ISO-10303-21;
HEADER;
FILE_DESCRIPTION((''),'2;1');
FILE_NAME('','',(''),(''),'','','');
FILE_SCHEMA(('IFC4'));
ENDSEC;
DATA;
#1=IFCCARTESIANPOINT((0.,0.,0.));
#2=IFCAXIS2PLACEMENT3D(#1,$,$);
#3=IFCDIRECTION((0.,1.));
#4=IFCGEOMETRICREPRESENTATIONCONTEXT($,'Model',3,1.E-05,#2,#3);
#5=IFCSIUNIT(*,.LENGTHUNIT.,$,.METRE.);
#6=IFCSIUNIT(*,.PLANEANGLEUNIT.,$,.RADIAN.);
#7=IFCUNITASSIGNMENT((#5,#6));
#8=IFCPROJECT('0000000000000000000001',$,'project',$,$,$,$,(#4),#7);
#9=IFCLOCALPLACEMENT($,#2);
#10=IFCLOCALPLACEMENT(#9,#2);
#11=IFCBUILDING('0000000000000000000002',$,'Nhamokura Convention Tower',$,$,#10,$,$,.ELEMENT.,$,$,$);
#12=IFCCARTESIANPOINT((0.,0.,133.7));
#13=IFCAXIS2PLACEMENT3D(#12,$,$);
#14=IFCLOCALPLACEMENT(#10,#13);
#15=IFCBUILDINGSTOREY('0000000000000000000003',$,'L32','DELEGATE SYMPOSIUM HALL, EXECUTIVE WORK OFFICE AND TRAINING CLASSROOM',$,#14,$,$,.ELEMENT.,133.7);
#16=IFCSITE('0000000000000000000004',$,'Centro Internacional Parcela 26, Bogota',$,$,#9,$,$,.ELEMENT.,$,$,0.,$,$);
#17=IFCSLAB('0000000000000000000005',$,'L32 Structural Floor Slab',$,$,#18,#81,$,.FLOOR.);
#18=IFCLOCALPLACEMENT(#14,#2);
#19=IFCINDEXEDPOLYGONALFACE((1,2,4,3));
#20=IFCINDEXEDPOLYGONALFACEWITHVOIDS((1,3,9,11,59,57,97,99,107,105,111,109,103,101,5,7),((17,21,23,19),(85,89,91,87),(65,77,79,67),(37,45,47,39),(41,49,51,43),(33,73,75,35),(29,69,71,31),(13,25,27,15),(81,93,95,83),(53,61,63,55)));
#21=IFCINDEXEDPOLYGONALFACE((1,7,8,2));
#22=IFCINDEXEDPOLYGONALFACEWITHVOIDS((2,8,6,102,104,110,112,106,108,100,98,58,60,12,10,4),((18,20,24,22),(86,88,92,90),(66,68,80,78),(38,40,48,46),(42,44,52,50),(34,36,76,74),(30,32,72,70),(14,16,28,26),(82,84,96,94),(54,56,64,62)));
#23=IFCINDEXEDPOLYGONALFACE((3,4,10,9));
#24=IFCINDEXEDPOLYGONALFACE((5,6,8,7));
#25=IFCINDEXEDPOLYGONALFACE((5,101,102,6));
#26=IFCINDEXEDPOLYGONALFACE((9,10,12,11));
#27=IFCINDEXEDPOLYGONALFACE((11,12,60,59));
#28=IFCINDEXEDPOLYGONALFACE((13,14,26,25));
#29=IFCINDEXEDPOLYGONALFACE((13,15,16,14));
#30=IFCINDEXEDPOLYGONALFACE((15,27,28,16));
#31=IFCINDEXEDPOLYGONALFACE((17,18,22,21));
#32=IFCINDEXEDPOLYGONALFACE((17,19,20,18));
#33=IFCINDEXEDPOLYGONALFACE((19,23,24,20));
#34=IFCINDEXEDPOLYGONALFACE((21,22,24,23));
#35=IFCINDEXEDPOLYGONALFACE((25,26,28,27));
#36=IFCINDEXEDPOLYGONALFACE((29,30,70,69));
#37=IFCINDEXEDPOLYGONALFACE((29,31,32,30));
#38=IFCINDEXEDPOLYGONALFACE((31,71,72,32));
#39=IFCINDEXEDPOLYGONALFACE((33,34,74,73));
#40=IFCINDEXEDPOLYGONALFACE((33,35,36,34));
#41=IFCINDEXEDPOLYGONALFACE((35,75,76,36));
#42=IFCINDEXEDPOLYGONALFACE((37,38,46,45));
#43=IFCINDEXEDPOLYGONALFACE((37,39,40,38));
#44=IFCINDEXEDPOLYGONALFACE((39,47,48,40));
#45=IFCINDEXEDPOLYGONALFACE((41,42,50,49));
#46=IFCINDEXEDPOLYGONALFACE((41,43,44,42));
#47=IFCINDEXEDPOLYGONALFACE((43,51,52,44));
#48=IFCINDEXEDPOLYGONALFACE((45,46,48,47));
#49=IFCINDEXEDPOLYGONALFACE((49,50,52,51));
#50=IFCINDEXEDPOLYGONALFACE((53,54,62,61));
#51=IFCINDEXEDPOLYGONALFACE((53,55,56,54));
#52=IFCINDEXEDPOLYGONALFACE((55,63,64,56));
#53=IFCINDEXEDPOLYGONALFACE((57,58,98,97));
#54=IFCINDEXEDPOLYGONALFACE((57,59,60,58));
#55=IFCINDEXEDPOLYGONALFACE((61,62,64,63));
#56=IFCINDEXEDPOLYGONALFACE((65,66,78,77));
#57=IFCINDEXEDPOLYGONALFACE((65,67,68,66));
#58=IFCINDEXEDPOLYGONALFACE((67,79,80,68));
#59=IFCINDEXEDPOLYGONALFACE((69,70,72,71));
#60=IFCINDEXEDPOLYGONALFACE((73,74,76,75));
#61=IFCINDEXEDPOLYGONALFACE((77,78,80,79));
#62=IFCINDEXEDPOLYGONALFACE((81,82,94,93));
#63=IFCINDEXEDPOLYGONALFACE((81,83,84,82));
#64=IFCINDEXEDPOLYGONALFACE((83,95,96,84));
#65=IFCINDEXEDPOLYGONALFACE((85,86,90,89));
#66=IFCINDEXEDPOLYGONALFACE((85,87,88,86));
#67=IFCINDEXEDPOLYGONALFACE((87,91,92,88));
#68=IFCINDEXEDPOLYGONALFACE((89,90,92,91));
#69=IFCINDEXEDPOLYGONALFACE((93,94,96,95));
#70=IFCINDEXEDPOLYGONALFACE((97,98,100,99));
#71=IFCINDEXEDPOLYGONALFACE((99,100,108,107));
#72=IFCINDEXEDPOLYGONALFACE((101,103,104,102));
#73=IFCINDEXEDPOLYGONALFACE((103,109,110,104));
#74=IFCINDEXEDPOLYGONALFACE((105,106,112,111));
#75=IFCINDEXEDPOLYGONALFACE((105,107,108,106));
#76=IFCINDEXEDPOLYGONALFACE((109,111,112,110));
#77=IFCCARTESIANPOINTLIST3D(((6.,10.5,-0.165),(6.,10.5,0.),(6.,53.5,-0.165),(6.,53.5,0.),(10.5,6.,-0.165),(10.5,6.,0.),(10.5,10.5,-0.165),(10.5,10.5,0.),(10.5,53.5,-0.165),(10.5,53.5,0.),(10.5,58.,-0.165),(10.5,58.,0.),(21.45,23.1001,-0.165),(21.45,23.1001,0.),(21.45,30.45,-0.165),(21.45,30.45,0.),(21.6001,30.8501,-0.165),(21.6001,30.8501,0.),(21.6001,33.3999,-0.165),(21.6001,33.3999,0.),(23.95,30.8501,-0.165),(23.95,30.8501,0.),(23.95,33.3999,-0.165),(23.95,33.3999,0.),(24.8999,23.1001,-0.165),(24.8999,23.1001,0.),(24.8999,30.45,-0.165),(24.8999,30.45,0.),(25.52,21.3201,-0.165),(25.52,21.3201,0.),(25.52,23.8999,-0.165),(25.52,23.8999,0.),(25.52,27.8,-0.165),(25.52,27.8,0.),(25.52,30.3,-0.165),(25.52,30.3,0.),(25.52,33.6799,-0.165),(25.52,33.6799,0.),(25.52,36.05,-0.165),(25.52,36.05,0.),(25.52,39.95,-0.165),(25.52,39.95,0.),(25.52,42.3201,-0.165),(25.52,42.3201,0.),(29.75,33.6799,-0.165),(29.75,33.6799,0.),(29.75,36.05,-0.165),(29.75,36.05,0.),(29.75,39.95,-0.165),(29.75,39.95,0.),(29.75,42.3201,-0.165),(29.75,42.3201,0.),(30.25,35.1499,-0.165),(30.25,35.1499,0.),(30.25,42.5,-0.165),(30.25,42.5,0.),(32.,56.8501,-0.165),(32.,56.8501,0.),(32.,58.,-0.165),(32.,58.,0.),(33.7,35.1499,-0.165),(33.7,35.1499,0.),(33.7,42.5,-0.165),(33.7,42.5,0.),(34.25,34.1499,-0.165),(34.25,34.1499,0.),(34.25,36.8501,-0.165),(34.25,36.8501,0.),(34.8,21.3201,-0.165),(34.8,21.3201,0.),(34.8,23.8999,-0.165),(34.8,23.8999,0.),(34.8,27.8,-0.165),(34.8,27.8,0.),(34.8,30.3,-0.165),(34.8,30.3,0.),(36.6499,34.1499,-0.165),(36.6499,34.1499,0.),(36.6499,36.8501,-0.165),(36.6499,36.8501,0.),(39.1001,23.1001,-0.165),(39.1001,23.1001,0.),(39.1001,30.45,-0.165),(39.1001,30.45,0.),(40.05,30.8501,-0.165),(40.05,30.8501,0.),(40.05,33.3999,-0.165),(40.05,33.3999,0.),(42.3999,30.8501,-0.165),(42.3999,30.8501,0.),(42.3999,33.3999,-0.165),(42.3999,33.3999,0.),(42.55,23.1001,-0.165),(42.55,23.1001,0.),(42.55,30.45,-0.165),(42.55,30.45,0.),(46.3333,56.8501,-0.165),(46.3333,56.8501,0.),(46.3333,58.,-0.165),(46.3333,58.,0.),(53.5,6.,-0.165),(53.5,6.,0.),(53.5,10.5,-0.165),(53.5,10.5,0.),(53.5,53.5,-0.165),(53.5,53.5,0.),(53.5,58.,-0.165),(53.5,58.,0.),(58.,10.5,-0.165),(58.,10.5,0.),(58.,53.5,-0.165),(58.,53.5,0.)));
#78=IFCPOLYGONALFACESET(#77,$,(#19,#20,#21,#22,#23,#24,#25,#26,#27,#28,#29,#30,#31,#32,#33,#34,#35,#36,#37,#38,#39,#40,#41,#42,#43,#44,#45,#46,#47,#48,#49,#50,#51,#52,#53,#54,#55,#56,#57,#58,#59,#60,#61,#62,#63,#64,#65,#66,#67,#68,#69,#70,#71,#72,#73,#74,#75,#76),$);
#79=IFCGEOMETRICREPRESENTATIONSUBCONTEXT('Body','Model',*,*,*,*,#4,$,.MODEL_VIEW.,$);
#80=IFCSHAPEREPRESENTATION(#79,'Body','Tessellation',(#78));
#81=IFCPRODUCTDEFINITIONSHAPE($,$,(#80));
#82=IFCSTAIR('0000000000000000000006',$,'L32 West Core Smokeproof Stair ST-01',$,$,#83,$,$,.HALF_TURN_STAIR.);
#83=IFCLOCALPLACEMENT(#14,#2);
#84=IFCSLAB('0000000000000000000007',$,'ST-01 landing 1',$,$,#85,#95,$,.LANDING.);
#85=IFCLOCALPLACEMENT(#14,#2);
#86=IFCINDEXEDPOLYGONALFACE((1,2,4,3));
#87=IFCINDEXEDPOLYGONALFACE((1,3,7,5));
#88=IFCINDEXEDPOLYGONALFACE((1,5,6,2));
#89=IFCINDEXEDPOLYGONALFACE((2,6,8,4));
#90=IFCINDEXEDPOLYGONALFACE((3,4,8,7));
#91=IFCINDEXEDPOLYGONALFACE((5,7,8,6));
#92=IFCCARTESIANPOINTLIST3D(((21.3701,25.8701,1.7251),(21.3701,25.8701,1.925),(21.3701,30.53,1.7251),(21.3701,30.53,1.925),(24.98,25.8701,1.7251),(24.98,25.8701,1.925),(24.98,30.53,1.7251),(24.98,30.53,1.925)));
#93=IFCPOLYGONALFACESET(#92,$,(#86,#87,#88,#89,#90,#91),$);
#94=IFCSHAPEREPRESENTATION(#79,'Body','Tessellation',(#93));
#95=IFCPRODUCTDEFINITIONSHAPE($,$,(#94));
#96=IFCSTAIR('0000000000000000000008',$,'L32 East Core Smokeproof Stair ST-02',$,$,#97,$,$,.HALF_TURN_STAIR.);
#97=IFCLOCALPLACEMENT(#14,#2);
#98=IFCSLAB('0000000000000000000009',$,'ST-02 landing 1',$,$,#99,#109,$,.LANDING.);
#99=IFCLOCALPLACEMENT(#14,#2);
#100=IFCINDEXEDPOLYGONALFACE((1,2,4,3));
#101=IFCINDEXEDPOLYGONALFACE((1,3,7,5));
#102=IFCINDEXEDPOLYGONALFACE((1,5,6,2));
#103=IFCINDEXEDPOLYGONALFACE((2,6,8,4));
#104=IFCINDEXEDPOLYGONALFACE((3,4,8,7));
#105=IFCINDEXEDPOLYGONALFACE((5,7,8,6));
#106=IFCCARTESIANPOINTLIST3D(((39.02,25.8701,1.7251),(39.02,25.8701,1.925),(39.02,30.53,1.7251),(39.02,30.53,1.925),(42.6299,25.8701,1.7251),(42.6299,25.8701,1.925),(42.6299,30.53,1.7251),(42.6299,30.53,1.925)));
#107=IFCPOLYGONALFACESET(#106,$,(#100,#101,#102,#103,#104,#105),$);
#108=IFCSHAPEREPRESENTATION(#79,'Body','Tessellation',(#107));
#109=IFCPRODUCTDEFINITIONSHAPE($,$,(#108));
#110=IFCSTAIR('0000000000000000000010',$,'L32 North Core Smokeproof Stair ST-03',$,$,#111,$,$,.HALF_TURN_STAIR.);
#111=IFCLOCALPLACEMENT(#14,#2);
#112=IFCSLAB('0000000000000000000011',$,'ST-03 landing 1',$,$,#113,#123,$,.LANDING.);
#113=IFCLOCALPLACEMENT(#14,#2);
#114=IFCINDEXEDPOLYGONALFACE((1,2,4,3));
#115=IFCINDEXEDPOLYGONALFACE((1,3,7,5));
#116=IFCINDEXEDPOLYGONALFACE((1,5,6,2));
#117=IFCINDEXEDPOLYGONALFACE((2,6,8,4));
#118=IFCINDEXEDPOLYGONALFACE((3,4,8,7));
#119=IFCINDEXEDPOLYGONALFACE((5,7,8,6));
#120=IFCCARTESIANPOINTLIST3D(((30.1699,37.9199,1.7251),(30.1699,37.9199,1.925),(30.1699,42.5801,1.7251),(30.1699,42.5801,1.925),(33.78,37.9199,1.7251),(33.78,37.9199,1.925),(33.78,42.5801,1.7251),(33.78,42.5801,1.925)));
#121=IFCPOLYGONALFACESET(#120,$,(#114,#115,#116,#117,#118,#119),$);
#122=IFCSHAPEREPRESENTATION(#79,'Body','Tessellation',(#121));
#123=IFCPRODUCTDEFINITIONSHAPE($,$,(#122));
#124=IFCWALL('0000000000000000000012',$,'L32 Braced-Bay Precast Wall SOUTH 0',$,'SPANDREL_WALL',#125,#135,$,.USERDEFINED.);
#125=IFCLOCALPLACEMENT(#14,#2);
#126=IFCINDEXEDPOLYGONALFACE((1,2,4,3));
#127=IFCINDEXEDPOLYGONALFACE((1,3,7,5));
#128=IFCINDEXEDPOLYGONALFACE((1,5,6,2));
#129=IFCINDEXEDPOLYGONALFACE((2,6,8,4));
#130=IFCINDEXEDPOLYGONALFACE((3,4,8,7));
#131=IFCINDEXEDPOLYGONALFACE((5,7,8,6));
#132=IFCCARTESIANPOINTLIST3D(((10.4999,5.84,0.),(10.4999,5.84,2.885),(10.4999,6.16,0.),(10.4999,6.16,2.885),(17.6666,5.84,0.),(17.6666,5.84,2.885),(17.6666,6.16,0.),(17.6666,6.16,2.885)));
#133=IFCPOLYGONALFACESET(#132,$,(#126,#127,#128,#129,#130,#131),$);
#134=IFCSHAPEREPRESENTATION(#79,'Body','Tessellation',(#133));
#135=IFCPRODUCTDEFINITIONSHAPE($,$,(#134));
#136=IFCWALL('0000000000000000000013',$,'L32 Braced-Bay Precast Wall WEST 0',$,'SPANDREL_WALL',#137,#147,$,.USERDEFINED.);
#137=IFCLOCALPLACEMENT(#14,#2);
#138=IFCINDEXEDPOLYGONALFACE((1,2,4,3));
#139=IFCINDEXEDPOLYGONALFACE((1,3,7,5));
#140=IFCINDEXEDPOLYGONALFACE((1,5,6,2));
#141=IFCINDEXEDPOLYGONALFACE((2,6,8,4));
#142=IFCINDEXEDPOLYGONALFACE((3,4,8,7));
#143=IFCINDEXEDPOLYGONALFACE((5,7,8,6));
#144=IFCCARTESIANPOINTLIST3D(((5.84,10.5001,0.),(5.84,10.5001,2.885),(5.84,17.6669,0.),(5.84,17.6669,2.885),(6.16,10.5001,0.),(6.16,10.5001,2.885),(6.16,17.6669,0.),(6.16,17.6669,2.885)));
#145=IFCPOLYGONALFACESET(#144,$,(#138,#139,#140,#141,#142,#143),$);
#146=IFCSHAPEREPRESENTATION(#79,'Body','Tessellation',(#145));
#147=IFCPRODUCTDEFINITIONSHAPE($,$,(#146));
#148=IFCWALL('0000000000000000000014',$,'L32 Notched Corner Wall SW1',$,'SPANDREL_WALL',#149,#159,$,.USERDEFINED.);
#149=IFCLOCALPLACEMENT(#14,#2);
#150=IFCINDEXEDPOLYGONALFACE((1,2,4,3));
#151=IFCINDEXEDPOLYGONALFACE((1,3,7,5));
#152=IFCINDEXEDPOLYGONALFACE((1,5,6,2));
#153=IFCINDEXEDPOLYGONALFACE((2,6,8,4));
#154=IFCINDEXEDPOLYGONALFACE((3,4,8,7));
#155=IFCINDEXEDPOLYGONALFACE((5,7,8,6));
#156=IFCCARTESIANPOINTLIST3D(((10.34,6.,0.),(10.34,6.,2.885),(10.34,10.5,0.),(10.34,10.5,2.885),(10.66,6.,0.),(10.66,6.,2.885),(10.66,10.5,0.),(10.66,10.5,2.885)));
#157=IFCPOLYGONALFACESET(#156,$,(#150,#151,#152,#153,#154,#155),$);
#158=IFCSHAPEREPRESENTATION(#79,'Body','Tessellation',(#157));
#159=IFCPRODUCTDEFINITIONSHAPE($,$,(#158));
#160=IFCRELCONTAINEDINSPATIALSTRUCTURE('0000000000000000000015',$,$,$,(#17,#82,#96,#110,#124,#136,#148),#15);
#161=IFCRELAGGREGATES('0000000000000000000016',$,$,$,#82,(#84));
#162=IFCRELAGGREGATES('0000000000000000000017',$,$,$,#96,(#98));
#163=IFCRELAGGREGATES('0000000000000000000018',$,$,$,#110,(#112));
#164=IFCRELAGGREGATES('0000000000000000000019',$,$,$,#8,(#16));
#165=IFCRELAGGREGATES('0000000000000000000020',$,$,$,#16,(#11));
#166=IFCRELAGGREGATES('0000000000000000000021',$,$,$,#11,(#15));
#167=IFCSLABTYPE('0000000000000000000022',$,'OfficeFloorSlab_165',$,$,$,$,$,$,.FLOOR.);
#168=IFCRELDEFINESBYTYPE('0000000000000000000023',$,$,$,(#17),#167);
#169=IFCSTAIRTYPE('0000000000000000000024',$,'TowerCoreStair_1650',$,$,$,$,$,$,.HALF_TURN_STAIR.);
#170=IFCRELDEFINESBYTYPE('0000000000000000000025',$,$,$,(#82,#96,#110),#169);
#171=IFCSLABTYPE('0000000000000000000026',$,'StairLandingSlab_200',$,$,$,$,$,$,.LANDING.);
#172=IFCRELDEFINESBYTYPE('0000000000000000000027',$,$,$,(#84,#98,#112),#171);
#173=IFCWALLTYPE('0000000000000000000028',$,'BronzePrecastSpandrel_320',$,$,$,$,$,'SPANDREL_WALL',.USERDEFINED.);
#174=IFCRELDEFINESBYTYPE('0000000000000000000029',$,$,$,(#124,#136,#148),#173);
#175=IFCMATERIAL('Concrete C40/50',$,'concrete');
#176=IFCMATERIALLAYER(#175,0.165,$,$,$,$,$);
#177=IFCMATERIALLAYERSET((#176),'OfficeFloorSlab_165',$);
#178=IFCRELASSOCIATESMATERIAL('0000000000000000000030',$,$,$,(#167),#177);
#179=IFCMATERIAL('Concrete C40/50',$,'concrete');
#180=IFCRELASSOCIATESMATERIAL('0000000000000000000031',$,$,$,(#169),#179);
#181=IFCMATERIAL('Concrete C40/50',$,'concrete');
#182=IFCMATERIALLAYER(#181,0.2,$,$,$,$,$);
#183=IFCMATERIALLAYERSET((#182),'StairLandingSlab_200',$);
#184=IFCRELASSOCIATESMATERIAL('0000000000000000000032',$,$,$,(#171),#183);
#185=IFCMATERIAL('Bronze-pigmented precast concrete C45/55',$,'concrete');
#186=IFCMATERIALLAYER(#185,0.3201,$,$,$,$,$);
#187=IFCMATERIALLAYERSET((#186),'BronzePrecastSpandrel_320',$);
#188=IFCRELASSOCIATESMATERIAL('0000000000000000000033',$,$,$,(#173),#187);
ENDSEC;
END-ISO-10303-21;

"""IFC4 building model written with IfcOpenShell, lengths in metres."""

from ifc_helpers import new_model, si_unit, direction, frame, frame_2d, origin, place, context, subcontext, project, spatial, polyline, rectangle, outline, extrude, material, layer, layer_set, type_object, element, aggregate, save


model = new_model("IFC4")

# Units and contexts
model_context = context("Model", 3, precision=1e-05, world=origin(), true_north=direction((0.0, 1.0)))
body_context = subcontext(model_context, "Body", "Model", "MODEL_VIEW")
ifc_project = project(units=[si_unit("LENGTHUNIT", "METRE"), si_unit("PLANEANGLEUNIT", "RADIAN")], contexts=[model_context])

# Site, building, storey
site_placement = place(None, origin())
site = spatial("IfcSite", under=ifc_project, at=site_placement, Name="Centro Internacional Parcela 26, Bogota", CompositionType="ELEMENT", RefElevation=0.0)
building_placement = place(site_placement, origin())
building = spatial("IfcBuilding", under=site, at=building_placement, Name="Nhamokura Convention Tower", CompositionType="ELEMENT")
storey_placement = place(building_placement, frame((0.0, 0.0, 133.7)))
storey = spatial("IfcBuildingStorey", under=building, at=storey_placement, Name="L32", Description="DELEGATE SYMPOSIUM HALL, EXECUTIVE WORK OFFICE AND TRAINING CLASSROOM", CompositionType="ELEMENT", Elevation=133.7)

# Slab
ifc_material_1 = material(Name="Concrete C40/50", Category="concrete")
ifc_layer_1 = layer(ifc_material_1, 0.165)
ifc_layer_set_1 = layer_set([ifc_layer_1], Name="OfficeFloorSlab_165")
slab_type_1 = type_object("IfcSlabType", Name="OfficeFloorSlab_165", PredefinedType="FLOOR", material=ifc_layer_set_1)
slab_1_placement = place(storey_placement, frame((0.0, 0.0, -0.165)))
element("IfcSlab", 1, at=slab_1_placement, inside=storey, type_object=slab_type_1, Name="L32 Structural Floor Slab", PredefinedType="FLOOR", context=body_context, shape_type="SweptSolid", body=[
    extrude(outline(polyline([(10.5, 6.0), (53.5, 6.0), (53.5, 10.5), (58.0, 10.5), (58.0, 53.5), (53.5, 53.5), (53.5, 58.0), (46.3333, 58.0), (46.3333, 56.8501), (32.0, 56.8501), (32.0, 58.0), (10.5, 58.0), (10.5, 53.5), (6.0, 53.5), (6.0, 10.5), (10.5, 10.5), (10.5, 6.0)]), holes=[polyline([(24.8999, 23.1001), (24.8999, 30.45), (21.45, 30.45), (21.45, 23.1001), (24.8999, 23.1001)]), polyline([(42.55, 23.1001), (42.55, 30.45), (39.1001, 30.45), (39.1001, 23.1001), (42.55, 23.1001)]), polyline([(33.7, 35.1499), (33.7, 42.5), (30.25, 42.5), (30.25, 35.1499), (33.7, 35.1499)]), polyline([(21.6001, 30.8501), (23.95, 30.8501), (23.95, 33.3999), (21.6001, 33.3999), (21.6001, 30.8501)]), polyline([(40.05, 30.8501), (42.3999, 30.8501), (42.3999, 33.3999), (40.05, 33.3999), (40.05, 30.8501)]), polyline([(34.25, 34.1499), (36.6499, 34.1499), (36.6499, 36.8501), (34.25, 36.8501), (34.25, 34.1499)]), polyline([(25.52, 21.3201), (34.8, 21.3201), (34.8, 23.8999), (25.52, 23.8999), (25.52, 21.3201)]), polyline([(25.52, 27.8), (34.8, 27.8), (34.8, 30.3), (25.52, 30.3), (25.52, 27.8)]), polyline([(25.52, 33.6799), (29.75, 33.6799), (29.75, 36.05), (25.52, 36.05), (25.52, 33.6799)]), polyline([(25.52, 39.95), (29.75, 39.95), (29.75, 42.3201), (25.52, 42.3201), (25.52, 39.95)])]), origin(), (0.0, 0.0, 1.0), 0.165),
])

# Stairs, slabs
ifc_material_2 = material(Name="Concrete C40/50", Category="concrete")
stair_type = type_object("IfcStairType", Name="TowerCoreStair_1650", PredefinedType="HALF_TURN_STAIR", material=ifc_material_2)
stair_1_placement = place(storey_placement, origin())
stair_1 = element("IfcStair", 2, at=stair_1_placement, inside=storey, type_object=stair_type, Name="L32 West Core Smokeproof Stair ST-01", PredefinedType="HALF_TURN_STAIR")
ifc_material_3 = material(Name="Concrete C40/50", Category="concrete")
ifc_layer_2 = layer(ifc_material_3, 0.2)
ifc_layer_set_2 = layer_set([ifc_layer_2], Name="StairLandingSlab_200")
slab_type_2 = type_object("IfcSlabType", Name="StairLandingSlab_200", PredefinedType="LANDING", material=ifc_layer_set_2)
slab_2_placement = place(storey_placement, frame((0.0, 0.0, 1.7251)))
slab_2 = element("IfcSlab", 3, at=slab_2_placement, type_object=slab_type_2, Name="ST-01 landing 1", PredefinedType="LANDING", context=body_context, shape_type="SweptSolid", body=[
    extrude(outline(polyline([(24.98, 25.8701), (24.98, 30.53), (21.3701, 30.53), (21.3701, 25.8701), (24.98, 25.8701)])), origin(), (0.0, 0.0, 1.0), 0.2),
])
aggregate(stair_1, [slab_2])
stair_2_placement = place(storey_placement, origin())
stair_2 = element("IfcStair", 4, at=stair_2_placement, inside=storey, type_object=stair_type, Name="L32 East Core Smokeproof Stair ST-02", PredefinedType="HALF_TURN_STAIR")
slab_3_placement = place(storey_placement, frame((0.0, 0.0, 1.7251)))
slab_3 = element("IfcSlab", 5, at=slab_3_placement, type_object=slab_type_2, Name="ST-02 landing 1", PredefinedType="LANDING", context=body_context, shape_type="SweptSolid", body=[
    extrude(outline(polyline([(42.6299, 25.8701), (42.6299, 30.53), (39.02, 30.53), (39.02, 25.8701), (42.6299, 25.8701)])), origin(), (0.0, 0.0, 1.0), 0.2),
])
aggregate(stair_2, [slab_3])
stair_3_placement = place(storey_placement, origin())
stair_3 = element("IfcStair", 6, at=stair_3_placement, inside=storey, type_object=stair_type, Name="L32 North Core Smokeproof Stair ST-03", PredefinedType="HALF_TURN_STAIR")
slab_4_placement = place(storey_placement, frame((0.0, 0.0, 1.7251)))
slab_4 = element("IfcSlab", 7, at=slab_4_placement, type_object=slab_type_2, Name="ST-03 landing 1", PredefinedType="LANDING", context=body_context, shape_type="SweptSolid", body=[
    extrude(outline(polyline([(33.78, 37.9199), (33.78, 42.5801), (30.1699, 42.5801), (30.1699, 37.9199), (33.78, 37.9199)])), origin(), (0.0, 0.0, 1.0), 0.2),
])
aggregate(stair_3, [slab_4])

# Walls
ifc_material_4 = material(Name="Bronze-pigmented precast concrete C45/55", Category="concrete")
ifc_layer_3 = layer(ifc_material_4, 0.3201)
ifc_layer_set_3 = layer_set([ifc_layer_3], Name="BronzePrecastSpandrel_320")
wall_type = type_object("IfcWallType", Name="BronzePrecastSpandrel_320", ElementType="SPANDREL_WALL", PredefinedType="USERDEFINED", material=ifc_layer_set_3)
for number, where, z_axis, x_axis, name in (
    (8, (17.6667, 6.0, 0.0), (0.0, 0.0, 1.0), (-1.0, 0.0, 0.0), "L32 Braced-Bay Precast Wall SOUTH 0"),
    (9, (6.0, 10.5, 0.0), (0.0, 0.0, 1.0), (0.0, 1.0, 0.0), "L32 Braced-Bay Precast Wall WEST 0"),
):
    element("IfcWall", number, at=place(storey_placement, frame(where, z_axis=z_axis, x_axis=x_axis)), inside=storey, type_object=wall_type, Name=name, ObjectType="SPANDREL_WALL", PredefinedType="USERDEFINED", context=body_context, shape_type="SweptSolid", body=[
        extrude(rectangle(XDim=7.1667, YDim=0.3201, at=frame_2d((3.5835, 0.0))), origin(), (0.0, 0.0, 1.0), 2.885),
    ])
wall_placement = place(storey_placement, frame((10.5, 6.0, 0.0), z_axis=(0.0, 0.0, 1.0), x_axis=(0.0, 1.0, 0.0)))
element("IfcWall", 10, at=wall_placement, inside=storey, type_object=wall_type, Name="L32 Notched Corner Wall SW1", ObjectType="SPANDREL_WALL", PredefinedType="USERDEFINED", context=body_context, shape_type="SweptSolid", body=[
    extrude(rectangle(XDim=4.5, YDim=0.3201, at=frame_2d((2.25, 0.0))), origin(), (0.0, 0.0, 1.0), 2.885),
])

save(model, "model.ifc")
